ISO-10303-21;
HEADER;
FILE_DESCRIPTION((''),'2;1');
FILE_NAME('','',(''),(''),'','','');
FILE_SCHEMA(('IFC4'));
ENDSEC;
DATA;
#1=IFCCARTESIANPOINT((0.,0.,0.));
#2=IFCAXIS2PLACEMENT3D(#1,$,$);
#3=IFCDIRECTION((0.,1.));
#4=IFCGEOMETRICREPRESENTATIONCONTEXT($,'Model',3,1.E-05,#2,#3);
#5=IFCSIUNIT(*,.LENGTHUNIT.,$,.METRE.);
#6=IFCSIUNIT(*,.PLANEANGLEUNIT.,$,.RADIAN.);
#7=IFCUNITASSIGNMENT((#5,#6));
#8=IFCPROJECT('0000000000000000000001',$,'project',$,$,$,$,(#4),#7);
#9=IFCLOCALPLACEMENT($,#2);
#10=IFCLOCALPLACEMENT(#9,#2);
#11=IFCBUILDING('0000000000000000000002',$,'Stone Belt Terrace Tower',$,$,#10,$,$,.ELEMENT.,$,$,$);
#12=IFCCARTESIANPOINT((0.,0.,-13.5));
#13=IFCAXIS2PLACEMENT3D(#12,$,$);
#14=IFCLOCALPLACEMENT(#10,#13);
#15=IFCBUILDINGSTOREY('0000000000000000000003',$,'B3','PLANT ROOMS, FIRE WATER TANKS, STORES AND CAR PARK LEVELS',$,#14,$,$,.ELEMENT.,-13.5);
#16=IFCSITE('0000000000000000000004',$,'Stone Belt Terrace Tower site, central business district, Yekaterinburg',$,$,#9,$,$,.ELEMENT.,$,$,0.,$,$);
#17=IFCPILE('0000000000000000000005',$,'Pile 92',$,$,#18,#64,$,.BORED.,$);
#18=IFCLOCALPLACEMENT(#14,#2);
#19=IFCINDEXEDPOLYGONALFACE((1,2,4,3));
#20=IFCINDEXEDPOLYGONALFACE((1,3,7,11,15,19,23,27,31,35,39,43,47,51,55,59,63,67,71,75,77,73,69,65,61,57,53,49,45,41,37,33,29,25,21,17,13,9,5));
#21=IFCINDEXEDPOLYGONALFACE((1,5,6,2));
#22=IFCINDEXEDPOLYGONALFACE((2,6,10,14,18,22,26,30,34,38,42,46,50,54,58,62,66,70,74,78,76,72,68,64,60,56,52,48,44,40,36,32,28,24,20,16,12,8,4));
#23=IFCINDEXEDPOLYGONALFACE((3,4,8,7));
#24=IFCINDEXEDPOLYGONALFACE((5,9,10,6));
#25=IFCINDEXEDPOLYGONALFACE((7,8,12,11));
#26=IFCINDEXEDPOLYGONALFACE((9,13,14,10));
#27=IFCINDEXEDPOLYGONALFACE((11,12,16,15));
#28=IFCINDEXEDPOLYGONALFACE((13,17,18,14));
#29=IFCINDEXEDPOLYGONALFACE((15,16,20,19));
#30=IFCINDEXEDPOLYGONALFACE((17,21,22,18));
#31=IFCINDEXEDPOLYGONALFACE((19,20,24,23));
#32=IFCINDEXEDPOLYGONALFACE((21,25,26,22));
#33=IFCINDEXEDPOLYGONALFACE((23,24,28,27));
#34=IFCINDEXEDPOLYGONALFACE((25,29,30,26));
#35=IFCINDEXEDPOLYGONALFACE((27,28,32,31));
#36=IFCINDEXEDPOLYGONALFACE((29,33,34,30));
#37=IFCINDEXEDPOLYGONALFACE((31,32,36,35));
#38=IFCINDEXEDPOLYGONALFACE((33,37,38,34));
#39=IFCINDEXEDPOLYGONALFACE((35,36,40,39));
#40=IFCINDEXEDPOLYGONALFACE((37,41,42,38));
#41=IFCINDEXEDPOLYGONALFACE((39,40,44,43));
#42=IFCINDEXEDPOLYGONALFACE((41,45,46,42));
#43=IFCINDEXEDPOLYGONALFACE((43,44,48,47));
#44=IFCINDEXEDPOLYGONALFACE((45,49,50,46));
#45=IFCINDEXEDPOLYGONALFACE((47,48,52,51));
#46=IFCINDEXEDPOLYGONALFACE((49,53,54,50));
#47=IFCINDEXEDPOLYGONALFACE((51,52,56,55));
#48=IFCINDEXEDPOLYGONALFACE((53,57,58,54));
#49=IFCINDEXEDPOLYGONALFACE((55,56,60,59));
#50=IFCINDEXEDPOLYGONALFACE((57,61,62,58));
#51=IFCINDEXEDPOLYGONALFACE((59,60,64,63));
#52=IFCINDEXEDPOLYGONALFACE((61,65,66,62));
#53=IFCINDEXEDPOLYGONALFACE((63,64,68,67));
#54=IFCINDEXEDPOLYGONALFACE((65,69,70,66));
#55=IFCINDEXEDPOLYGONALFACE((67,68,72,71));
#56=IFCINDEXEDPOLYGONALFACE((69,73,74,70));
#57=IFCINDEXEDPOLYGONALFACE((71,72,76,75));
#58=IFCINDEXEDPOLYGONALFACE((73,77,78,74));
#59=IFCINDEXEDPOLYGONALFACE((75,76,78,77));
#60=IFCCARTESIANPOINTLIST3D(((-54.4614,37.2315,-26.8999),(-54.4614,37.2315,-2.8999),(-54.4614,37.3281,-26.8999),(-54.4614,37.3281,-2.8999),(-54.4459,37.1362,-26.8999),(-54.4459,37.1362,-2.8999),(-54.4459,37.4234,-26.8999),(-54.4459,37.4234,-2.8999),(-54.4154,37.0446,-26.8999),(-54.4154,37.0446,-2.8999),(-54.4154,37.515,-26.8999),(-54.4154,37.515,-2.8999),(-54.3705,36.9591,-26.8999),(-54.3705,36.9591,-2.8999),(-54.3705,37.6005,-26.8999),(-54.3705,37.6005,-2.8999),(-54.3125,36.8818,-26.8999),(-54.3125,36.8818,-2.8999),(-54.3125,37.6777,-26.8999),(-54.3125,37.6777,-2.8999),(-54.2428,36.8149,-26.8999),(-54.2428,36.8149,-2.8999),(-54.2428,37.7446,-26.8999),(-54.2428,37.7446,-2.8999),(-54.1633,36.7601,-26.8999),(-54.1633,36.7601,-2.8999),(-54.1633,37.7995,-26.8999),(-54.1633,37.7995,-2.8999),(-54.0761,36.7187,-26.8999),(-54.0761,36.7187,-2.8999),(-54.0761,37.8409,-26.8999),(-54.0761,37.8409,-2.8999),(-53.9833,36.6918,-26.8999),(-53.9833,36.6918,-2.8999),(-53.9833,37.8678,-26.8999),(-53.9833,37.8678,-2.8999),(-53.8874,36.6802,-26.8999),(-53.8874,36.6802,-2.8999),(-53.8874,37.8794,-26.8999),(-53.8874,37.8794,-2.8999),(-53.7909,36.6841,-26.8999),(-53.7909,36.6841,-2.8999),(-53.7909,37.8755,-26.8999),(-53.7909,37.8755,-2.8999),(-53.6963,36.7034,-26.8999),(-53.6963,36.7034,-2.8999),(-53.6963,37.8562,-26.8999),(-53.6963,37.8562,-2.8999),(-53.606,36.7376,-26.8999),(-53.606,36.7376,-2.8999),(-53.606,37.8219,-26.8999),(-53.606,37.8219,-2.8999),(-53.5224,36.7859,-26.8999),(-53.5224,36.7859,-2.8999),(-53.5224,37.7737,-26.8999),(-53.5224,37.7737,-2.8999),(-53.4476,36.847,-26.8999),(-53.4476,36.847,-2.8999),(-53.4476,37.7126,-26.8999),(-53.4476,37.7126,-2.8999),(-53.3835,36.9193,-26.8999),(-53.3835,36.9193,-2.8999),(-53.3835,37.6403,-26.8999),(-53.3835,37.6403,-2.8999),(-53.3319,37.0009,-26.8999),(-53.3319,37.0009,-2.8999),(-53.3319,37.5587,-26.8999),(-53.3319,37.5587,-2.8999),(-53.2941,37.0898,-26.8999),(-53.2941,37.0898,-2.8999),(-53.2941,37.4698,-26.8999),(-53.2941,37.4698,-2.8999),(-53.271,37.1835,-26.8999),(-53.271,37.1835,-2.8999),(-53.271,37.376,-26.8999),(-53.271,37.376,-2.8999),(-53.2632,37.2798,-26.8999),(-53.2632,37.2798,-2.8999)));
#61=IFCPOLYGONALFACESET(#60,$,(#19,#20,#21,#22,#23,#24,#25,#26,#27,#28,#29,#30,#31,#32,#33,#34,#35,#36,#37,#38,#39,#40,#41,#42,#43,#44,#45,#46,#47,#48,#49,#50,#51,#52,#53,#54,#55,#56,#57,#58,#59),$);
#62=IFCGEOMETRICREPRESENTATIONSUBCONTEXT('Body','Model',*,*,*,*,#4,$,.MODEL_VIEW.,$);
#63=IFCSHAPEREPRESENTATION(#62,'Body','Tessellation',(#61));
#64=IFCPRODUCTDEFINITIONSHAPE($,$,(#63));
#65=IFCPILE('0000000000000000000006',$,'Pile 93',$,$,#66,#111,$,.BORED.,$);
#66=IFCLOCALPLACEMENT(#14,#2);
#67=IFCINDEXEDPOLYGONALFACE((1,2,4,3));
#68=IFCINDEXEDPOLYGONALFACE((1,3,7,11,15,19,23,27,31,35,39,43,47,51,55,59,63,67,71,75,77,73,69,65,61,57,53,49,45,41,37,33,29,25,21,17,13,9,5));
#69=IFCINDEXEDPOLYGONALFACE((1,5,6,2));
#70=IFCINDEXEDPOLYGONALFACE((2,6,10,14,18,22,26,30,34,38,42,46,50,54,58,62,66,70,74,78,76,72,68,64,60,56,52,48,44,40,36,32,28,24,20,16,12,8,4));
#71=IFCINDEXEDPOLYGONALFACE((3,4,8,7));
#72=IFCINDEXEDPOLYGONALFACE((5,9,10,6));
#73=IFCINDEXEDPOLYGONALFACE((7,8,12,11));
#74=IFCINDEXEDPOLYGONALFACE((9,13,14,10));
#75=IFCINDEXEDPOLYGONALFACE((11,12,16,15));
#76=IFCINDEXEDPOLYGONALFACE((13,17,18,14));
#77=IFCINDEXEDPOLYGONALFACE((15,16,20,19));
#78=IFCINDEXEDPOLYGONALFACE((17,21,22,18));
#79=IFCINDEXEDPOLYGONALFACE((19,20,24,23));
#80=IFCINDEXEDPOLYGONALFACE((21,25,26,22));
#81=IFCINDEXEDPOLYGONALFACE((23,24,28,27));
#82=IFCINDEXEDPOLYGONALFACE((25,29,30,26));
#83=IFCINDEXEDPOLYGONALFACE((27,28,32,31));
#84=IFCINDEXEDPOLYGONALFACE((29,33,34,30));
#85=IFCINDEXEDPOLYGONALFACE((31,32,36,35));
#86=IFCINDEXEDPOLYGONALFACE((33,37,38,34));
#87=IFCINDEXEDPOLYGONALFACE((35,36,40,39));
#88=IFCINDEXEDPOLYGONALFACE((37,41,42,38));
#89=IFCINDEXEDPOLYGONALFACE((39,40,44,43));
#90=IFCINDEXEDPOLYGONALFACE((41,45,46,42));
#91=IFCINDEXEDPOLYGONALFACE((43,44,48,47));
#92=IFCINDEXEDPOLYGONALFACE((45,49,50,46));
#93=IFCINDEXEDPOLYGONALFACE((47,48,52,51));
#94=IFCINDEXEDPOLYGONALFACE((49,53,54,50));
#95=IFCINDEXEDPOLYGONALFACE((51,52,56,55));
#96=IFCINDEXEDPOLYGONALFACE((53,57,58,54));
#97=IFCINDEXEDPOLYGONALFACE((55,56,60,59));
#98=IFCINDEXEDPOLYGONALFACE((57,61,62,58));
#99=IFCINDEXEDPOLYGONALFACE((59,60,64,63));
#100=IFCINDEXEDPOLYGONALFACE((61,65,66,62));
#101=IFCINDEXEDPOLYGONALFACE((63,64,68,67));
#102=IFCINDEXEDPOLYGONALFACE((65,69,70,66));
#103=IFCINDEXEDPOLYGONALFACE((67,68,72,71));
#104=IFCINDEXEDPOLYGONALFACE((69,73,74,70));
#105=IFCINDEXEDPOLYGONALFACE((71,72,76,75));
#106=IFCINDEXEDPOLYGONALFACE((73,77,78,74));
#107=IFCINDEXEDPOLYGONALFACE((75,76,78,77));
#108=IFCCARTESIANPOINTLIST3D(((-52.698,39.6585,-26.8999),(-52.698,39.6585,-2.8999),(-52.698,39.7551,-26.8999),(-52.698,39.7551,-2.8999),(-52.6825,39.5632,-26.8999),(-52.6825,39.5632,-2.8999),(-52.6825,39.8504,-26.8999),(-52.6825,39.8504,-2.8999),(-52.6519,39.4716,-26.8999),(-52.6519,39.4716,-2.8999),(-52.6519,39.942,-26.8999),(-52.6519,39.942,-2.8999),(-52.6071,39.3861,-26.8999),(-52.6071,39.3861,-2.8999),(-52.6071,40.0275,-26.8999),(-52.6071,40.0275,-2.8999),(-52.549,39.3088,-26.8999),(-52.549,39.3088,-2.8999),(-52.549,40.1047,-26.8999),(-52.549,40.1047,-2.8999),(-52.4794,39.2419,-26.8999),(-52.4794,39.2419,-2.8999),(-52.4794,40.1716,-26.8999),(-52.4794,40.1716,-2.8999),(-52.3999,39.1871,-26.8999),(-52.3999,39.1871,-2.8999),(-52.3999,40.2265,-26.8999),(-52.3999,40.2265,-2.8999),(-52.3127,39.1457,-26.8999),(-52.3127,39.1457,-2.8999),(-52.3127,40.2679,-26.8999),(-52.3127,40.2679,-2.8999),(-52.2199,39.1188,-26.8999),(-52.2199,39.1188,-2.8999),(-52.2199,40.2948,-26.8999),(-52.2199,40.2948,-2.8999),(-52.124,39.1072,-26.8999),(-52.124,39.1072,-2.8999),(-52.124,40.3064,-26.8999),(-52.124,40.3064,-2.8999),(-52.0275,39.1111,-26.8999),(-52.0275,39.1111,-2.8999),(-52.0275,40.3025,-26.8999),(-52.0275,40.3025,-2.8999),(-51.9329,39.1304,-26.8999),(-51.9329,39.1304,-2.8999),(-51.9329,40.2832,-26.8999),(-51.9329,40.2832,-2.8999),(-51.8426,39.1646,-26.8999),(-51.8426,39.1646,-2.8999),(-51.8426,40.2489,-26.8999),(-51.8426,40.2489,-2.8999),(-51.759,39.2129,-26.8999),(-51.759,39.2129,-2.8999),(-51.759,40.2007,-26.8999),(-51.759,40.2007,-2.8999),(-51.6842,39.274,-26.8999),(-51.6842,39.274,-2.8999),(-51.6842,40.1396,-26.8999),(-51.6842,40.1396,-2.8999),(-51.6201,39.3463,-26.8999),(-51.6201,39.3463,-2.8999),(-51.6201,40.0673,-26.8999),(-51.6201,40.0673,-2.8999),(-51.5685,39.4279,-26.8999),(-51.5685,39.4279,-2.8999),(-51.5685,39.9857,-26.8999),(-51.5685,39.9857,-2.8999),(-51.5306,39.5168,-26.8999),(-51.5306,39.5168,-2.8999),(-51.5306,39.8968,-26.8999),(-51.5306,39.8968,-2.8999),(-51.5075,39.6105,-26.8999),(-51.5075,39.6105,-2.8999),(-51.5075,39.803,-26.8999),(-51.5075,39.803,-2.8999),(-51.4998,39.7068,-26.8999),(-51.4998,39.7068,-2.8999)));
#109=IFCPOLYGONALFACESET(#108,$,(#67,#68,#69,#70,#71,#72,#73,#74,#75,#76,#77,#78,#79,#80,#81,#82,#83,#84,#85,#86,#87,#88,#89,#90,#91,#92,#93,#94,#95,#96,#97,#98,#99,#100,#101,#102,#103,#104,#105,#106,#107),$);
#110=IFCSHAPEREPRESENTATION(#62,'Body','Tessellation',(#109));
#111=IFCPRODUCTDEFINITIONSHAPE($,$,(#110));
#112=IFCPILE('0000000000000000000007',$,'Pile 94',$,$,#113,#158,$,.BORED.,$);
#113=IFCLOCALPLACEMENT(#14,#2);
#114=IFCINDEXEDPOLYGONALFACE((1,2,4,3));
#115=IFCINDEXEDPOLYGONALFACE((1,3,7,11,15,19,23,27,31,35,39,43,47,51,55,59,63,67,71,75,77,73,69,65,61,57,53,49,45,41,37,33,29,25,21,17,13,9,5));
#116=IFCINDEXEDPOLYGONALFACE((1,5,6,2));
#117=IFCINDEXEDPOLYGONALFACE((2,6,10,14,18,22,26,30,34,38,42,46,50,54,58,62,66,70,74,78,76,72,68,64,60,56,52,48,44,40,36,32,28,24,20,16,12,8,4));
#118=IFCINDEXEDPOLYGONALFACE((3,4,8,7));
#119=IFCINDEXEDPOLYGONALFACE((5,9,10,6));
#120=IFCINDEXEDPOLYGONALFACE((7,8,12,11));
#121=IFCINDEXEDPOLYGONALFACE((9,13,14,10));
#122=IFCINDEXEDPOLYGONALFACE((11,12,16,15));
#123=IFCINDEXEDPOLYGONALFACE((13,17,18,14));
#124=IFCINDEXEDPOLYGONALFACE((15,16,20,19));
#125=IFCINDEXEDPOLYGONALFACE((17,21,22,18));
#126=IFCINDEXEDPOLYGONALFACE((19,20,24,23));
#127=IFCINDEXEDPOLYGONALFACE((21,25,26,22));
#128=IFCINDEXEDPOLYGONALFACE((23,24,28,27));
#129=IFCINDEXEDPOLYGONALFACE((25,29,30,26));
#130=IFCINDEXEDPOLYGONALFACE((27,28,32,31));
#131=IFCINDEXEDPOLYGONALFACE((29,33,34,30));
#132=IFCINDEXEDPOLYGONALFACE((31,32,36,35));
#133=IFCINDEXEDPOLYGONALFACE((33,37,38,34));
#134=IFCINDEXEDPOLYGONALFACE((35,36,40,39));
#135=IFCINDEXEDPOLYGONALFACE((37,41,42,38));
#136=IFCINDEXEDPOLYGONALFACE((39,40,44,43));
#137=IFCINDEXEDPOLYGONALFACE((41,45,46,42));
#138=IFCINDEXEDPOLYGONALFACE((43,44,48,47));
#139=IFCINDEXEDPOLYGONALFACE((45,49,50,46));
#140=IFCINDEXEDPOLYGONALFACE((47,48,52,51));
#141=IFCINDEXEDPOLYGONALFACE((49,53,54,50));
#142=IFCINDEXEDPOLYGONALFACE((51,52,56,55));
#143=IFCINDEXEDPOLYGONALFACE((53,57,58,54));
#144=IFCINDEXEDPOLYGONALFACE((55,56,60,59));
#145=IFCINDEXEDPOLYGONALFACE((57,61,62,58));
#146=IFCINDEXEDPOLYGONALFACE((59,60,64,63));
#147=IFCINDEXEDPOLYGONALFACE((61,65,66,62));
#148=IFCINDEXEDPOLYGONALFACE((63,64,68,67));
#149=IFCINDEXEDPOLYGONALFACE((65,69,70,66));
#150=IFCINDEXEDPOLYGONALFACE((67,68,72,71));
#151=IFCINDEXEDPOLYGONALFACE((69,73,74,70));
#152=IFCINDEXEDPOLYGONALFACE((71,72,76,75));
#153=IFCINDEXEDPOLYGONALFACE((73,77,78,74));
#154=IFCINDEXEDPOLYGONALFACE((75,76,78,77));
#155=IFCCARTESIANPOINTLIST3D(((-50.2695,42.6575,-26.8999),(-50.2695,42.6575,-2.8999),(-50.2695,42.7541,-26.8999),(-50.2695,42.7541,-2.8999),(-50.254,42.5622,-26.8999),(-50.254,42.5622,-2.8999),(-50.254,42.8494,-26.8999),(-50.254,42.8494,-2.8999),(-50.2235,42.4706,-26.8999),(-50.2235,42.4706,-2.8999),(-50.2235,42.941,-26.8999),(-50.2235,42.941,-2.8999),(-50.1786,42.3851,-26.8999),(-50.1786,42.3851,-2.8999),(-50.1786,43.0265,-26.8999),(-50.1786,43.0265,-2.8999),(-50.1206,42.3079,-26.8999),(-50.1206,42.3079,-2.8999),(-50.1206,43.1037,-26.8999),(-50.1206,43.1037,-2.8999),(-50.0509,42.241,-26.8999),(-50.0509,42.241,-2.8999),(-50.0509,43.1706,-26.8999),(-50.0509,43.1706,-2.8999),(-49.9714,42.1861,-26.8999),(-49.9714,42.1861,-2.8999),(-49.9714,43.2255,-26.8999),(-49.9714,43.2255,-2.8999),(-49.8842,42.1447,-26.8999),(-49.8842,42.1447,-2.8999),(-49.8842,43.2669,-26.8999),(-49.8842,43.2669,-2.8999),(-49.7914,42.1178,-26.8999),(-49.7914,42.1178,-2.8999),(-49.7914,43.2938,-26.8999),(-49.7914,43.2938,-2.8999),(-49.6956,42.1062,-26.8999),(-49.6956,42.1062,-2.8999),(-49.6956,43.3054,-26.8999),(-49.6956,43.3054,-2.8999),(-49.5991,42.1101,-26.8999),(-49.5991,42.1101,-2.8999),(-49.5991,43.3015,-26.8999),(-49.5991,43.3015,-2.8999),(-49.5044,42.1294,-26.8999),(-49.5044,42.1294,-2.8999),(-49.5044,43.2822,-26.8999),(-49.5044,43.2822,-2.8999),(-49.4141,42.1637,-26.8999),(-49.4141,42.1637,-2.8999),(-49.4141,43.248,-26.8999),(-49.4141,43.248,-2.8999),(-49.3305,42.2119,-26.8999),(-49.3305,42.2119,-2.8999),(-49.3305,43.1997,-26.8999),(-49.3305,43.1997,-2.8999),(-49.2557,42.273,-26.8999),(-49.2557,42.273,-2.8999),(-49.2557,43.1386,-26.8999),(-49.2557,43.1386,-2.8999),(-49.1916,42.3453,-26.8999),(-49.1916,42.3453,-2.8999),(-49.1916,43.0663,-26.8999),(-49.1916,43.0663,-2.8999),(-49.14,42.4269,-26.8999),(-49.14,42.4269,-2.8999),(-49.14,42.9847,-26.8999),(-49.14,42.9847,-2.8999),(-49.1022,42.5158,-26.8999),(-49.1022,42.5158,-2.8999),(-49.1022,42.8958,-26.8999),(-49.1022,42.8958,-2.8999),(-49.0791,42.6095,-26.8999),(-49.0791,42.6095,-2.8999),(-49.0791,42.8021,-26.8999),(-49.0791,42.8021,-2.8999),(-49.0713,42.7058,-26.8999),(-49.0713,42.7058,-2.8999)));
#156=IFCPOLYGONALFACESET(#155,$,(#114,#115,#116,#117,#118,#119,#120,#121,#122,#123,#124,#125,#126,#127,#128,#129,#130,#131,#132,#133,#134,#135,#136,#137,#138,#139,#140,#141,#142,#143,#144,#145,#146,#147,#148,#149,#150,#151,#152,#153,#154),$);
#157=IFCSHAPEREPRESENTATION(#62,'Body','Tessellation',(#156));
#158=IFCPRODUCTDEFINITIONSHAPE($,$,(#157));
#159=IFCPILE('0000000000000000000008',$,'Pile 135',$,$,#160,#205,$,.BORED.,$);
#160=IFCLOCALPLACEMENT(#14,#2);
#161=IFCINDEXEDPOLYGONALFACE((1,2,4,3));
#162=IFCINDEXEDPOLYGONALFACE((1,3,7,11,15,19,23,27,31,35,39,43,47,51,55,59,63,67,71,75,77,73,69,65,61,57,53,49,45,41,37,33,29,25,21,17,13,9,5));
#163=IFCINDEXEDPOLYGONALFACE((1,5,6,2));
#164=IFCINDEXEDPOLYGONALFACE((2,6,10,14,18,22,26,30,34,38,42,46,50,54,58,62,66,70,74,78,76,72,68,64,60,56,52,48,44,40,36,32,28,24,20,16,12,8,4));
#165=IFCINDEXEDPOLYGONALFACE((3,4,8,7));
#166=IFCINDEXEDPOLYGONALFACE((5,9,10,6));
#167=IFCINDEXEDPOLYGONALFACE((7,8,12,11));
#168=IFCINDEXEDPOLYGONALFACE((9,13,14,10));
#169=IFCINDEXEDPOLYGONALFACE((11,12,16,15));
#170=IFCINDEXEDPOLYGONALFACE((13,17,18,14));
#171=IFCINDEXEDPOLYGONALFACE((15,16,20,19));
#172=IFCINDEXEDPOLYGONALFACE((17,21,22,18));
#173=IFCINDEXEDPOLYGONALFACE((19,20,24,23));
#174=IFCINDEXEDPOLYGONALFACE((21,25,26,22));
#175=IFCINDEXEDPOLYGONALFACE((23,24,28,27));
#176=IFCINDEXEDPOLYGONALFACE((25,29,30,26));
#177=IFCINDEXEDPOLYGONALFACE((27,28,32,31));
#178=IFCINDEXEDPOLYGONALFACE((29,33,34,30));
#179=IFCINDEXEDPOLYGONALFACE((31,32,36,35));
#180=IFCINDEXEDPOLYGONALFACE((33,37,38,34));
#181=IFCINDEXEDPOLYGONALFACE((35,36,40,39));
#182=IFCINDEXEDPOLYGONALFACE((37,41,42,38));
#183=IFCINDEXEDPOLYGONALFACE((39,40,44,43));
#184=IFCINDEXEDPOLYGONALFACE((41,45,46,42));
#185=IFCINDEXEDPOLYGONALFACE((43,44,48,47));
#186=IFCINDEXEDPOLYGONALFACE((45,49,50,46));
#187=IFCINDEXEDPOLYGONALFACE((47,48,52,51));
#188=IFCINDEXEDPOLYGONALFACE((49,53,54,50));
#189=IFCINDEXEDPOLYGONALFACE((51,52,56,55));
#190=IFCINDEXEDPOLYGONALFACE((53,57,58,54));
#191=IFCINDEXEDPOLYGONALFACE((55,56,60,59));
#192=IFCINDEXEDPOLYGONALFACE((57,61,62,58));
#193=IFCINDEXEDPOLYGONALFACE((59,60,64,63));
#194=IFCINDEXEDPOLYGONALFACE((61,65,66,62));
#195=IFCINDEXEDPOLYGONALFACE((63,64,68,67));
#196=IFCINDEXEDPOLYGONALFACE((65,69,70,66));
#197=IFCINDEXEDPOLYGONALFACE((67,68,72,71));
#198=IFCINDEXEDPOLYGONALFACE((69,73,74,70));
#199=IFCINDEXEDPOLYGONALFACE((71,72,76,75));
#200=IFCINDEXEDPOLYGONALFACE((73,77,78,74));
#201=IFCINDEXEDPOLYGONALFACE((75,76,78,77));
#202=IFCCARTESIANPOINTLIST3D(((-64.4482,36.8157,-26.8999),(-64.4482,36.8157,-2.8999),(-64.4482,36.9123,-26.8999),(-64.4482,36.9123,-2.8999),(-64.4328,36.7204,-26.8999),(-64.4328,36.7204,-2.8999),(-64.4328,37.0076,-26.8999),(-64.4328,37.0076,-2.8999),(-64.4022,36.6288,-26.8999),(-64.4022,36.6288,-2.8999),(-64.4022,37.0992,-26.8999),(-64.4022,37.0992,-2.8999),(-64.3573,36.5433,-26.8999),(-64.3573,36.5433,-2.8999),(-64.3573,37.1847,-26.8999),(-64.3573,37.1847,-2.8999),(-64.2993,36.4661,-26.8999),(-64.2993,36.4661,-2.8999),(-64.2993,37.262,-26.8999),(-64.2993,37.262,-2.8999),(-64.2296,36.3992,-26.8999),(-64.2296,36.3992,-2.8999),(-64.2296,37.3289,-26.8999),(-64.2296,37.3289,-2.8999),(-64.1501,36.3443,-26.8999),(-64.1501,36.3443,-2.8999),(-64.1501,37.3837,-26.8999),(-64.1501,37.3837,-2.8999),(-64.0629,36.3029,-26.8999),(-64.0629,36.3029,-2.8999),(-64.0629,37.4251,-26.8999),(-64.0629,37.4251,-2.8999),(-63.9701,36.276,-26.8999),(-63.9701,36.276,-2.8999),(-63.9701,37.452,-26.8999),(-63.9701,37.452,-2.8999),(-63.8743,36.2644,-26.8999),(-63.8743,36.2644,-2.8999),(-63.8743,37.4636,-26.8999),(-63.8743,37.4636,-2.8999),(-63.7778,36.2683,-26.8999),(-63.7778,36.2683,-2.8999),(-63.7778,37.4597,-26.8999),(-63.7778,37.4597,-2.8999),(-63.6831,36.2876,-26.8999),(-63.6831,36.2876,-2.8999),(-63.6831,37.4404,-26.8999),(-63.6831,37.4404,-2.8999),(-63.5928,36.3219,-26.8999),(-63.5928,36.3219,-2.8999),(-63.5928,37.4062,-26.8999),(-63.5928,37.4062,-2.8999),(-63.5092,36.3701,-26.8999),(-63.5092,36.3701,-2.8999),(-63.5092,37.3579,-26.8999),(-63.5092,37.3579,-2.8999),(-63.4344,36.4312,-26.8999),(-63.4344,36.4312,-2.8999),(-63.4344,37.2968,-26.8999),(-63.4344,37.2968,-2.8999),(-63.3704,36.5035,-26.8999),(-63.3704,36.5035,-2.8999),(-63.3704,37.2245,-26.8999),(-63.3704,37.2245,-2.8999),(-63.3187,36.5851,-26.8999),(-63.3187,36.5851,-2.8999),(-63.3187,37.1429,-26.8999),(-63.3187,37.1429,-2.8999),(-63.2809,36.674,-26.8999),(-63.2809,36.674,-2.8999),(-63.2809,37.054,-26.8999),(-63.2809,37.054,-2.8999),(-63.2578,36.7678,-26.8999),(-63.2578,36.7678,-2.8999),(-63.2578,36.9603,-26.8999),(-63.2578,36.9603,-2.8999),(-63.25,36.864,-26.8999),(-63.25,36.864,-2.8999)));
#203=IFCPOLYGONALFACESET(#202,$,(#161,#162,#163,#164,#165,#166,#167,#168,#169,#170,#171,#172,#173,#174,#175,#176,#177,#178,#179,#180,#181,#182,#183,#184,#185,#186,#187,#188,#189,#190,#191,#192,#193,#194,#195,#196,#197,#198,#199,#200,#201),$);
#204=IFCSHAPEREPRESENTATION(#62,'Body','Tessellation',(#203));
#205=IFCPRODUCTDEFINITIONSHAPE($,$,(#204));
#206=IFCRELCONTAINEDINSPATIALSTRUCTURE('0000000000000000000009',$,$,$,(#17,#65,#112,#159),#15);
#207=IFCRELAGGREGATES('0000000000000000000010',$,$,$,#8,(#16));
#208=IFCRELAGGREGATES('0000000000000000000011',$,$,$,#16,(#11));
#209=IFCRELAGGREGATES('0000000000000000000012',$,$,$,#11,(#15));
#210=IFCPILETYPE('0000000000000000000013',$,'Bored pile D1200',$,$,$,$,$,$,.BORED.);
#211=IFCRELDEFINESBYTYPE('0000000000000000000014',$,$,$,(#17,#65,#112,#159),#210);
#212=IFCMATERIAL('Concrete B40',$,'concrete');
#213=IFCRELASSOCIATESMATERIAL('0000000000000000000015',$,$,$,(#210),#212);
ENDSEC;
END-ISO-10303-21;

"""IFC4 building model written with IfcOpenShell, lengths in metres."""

from ifc_helpers import new_model, si_unit, direction, frame, origin, origin_2d, place, context, subcontext, project, spatial, circle, extrude, material, material_profile, profile_set, type_object, element, save


model = new_model("IFC4")

# Units and contexts
model_context = context("Model", 3, precision=1e-05, world=origin(), true_north=direction((0.0, 1.0)))
body_context = subcontext(model_context, "Body", "Model", "MODEL_VIEW")
ifc_project = project(units=[si_unit("LENGTHUNIT", "METRE"), si_unit("PLANEANGLEUNIT", "RADIAN")], contexts=[model_context])

# Site, building, storey
site_placement = place(None, origin())
site = spatial("IfcSite", under=ifc_project, at=site_placement, Name="Stone Belt Terrace Tower site, central business district, Yekaterinburg", CompositionType="ELEMENT", RefElevation=0.0)
building_placement = place(site_placement, origin())
building = spatial("IfcBuilding", under=site, at=building_placement, Name="Stone Belt Terrace Tower", CompositionType="ELEMENT")
storey_placement = place(building_placement, frame((0.0, 0.0, -13.5)))
storey = spatial("IfcBuildingStorey", under=building, at=storey_placement, Name="B3", Description="PLANT ROOMS, FIRE WATER TANKS, STORES AND CAR PARK LEVELS", CompositionType="ELEMENT", Elevation=-13.5)

# Piles
ifc_material_1 = material(Name="Concrete B40", Category="concrete")
ifc_material_profile_1 = material_profile(ifc_material_1, circle(Radius=0.6001, at=origin_2d()), Name="PILE D1200")
ifc_profile_set_1 = profile_set([ifc_material_profile_1], Name="Concrete B40")
pile_type = type_object("IfcPileType", Name="Bored pile D1200", PredefinedType="BORED", material=ifc_profile_set_1)
for number, where, z_axis, x_axis, name in (
    (1, (-53.8633, 37.2798, -2.8999), (0.0, 0.0, -1.0), (1.0, 0.0, 0.0), "Pile 92"),
    (2, (-52.0999, 39.7068, -2.8999), (0.0, 0.0, -1.0), (1.0, 0.0, 0.0), "Pile 93"),
    (3, (-49.6714, 42.7058, -2.8999), (0.0, 0.0, -1.0), (1.0, 0.0, 0.0), "Pile 94"),
    (4, (-63.8501, 36.864, -2.8999), (0.0, 0.0, -1.0), (1.0, 0.0, 0.0), "Pile 135"),
):
    element("IfcPile", number, at=place(storey_placement, frame(where, z_axis=z_axis, x_axis=x_axis)), inside=storey, type_object=pile_type, Name=name, PredefinedType="BORED", context=body_context, shape_type="SweptSolid", body=[
        extrude(circle(Radius=0.6001, at=origin_2d()), origin(), (0.0, 0.0, 1.0), 24.0),
    ])

save(model, "model.ifc")
